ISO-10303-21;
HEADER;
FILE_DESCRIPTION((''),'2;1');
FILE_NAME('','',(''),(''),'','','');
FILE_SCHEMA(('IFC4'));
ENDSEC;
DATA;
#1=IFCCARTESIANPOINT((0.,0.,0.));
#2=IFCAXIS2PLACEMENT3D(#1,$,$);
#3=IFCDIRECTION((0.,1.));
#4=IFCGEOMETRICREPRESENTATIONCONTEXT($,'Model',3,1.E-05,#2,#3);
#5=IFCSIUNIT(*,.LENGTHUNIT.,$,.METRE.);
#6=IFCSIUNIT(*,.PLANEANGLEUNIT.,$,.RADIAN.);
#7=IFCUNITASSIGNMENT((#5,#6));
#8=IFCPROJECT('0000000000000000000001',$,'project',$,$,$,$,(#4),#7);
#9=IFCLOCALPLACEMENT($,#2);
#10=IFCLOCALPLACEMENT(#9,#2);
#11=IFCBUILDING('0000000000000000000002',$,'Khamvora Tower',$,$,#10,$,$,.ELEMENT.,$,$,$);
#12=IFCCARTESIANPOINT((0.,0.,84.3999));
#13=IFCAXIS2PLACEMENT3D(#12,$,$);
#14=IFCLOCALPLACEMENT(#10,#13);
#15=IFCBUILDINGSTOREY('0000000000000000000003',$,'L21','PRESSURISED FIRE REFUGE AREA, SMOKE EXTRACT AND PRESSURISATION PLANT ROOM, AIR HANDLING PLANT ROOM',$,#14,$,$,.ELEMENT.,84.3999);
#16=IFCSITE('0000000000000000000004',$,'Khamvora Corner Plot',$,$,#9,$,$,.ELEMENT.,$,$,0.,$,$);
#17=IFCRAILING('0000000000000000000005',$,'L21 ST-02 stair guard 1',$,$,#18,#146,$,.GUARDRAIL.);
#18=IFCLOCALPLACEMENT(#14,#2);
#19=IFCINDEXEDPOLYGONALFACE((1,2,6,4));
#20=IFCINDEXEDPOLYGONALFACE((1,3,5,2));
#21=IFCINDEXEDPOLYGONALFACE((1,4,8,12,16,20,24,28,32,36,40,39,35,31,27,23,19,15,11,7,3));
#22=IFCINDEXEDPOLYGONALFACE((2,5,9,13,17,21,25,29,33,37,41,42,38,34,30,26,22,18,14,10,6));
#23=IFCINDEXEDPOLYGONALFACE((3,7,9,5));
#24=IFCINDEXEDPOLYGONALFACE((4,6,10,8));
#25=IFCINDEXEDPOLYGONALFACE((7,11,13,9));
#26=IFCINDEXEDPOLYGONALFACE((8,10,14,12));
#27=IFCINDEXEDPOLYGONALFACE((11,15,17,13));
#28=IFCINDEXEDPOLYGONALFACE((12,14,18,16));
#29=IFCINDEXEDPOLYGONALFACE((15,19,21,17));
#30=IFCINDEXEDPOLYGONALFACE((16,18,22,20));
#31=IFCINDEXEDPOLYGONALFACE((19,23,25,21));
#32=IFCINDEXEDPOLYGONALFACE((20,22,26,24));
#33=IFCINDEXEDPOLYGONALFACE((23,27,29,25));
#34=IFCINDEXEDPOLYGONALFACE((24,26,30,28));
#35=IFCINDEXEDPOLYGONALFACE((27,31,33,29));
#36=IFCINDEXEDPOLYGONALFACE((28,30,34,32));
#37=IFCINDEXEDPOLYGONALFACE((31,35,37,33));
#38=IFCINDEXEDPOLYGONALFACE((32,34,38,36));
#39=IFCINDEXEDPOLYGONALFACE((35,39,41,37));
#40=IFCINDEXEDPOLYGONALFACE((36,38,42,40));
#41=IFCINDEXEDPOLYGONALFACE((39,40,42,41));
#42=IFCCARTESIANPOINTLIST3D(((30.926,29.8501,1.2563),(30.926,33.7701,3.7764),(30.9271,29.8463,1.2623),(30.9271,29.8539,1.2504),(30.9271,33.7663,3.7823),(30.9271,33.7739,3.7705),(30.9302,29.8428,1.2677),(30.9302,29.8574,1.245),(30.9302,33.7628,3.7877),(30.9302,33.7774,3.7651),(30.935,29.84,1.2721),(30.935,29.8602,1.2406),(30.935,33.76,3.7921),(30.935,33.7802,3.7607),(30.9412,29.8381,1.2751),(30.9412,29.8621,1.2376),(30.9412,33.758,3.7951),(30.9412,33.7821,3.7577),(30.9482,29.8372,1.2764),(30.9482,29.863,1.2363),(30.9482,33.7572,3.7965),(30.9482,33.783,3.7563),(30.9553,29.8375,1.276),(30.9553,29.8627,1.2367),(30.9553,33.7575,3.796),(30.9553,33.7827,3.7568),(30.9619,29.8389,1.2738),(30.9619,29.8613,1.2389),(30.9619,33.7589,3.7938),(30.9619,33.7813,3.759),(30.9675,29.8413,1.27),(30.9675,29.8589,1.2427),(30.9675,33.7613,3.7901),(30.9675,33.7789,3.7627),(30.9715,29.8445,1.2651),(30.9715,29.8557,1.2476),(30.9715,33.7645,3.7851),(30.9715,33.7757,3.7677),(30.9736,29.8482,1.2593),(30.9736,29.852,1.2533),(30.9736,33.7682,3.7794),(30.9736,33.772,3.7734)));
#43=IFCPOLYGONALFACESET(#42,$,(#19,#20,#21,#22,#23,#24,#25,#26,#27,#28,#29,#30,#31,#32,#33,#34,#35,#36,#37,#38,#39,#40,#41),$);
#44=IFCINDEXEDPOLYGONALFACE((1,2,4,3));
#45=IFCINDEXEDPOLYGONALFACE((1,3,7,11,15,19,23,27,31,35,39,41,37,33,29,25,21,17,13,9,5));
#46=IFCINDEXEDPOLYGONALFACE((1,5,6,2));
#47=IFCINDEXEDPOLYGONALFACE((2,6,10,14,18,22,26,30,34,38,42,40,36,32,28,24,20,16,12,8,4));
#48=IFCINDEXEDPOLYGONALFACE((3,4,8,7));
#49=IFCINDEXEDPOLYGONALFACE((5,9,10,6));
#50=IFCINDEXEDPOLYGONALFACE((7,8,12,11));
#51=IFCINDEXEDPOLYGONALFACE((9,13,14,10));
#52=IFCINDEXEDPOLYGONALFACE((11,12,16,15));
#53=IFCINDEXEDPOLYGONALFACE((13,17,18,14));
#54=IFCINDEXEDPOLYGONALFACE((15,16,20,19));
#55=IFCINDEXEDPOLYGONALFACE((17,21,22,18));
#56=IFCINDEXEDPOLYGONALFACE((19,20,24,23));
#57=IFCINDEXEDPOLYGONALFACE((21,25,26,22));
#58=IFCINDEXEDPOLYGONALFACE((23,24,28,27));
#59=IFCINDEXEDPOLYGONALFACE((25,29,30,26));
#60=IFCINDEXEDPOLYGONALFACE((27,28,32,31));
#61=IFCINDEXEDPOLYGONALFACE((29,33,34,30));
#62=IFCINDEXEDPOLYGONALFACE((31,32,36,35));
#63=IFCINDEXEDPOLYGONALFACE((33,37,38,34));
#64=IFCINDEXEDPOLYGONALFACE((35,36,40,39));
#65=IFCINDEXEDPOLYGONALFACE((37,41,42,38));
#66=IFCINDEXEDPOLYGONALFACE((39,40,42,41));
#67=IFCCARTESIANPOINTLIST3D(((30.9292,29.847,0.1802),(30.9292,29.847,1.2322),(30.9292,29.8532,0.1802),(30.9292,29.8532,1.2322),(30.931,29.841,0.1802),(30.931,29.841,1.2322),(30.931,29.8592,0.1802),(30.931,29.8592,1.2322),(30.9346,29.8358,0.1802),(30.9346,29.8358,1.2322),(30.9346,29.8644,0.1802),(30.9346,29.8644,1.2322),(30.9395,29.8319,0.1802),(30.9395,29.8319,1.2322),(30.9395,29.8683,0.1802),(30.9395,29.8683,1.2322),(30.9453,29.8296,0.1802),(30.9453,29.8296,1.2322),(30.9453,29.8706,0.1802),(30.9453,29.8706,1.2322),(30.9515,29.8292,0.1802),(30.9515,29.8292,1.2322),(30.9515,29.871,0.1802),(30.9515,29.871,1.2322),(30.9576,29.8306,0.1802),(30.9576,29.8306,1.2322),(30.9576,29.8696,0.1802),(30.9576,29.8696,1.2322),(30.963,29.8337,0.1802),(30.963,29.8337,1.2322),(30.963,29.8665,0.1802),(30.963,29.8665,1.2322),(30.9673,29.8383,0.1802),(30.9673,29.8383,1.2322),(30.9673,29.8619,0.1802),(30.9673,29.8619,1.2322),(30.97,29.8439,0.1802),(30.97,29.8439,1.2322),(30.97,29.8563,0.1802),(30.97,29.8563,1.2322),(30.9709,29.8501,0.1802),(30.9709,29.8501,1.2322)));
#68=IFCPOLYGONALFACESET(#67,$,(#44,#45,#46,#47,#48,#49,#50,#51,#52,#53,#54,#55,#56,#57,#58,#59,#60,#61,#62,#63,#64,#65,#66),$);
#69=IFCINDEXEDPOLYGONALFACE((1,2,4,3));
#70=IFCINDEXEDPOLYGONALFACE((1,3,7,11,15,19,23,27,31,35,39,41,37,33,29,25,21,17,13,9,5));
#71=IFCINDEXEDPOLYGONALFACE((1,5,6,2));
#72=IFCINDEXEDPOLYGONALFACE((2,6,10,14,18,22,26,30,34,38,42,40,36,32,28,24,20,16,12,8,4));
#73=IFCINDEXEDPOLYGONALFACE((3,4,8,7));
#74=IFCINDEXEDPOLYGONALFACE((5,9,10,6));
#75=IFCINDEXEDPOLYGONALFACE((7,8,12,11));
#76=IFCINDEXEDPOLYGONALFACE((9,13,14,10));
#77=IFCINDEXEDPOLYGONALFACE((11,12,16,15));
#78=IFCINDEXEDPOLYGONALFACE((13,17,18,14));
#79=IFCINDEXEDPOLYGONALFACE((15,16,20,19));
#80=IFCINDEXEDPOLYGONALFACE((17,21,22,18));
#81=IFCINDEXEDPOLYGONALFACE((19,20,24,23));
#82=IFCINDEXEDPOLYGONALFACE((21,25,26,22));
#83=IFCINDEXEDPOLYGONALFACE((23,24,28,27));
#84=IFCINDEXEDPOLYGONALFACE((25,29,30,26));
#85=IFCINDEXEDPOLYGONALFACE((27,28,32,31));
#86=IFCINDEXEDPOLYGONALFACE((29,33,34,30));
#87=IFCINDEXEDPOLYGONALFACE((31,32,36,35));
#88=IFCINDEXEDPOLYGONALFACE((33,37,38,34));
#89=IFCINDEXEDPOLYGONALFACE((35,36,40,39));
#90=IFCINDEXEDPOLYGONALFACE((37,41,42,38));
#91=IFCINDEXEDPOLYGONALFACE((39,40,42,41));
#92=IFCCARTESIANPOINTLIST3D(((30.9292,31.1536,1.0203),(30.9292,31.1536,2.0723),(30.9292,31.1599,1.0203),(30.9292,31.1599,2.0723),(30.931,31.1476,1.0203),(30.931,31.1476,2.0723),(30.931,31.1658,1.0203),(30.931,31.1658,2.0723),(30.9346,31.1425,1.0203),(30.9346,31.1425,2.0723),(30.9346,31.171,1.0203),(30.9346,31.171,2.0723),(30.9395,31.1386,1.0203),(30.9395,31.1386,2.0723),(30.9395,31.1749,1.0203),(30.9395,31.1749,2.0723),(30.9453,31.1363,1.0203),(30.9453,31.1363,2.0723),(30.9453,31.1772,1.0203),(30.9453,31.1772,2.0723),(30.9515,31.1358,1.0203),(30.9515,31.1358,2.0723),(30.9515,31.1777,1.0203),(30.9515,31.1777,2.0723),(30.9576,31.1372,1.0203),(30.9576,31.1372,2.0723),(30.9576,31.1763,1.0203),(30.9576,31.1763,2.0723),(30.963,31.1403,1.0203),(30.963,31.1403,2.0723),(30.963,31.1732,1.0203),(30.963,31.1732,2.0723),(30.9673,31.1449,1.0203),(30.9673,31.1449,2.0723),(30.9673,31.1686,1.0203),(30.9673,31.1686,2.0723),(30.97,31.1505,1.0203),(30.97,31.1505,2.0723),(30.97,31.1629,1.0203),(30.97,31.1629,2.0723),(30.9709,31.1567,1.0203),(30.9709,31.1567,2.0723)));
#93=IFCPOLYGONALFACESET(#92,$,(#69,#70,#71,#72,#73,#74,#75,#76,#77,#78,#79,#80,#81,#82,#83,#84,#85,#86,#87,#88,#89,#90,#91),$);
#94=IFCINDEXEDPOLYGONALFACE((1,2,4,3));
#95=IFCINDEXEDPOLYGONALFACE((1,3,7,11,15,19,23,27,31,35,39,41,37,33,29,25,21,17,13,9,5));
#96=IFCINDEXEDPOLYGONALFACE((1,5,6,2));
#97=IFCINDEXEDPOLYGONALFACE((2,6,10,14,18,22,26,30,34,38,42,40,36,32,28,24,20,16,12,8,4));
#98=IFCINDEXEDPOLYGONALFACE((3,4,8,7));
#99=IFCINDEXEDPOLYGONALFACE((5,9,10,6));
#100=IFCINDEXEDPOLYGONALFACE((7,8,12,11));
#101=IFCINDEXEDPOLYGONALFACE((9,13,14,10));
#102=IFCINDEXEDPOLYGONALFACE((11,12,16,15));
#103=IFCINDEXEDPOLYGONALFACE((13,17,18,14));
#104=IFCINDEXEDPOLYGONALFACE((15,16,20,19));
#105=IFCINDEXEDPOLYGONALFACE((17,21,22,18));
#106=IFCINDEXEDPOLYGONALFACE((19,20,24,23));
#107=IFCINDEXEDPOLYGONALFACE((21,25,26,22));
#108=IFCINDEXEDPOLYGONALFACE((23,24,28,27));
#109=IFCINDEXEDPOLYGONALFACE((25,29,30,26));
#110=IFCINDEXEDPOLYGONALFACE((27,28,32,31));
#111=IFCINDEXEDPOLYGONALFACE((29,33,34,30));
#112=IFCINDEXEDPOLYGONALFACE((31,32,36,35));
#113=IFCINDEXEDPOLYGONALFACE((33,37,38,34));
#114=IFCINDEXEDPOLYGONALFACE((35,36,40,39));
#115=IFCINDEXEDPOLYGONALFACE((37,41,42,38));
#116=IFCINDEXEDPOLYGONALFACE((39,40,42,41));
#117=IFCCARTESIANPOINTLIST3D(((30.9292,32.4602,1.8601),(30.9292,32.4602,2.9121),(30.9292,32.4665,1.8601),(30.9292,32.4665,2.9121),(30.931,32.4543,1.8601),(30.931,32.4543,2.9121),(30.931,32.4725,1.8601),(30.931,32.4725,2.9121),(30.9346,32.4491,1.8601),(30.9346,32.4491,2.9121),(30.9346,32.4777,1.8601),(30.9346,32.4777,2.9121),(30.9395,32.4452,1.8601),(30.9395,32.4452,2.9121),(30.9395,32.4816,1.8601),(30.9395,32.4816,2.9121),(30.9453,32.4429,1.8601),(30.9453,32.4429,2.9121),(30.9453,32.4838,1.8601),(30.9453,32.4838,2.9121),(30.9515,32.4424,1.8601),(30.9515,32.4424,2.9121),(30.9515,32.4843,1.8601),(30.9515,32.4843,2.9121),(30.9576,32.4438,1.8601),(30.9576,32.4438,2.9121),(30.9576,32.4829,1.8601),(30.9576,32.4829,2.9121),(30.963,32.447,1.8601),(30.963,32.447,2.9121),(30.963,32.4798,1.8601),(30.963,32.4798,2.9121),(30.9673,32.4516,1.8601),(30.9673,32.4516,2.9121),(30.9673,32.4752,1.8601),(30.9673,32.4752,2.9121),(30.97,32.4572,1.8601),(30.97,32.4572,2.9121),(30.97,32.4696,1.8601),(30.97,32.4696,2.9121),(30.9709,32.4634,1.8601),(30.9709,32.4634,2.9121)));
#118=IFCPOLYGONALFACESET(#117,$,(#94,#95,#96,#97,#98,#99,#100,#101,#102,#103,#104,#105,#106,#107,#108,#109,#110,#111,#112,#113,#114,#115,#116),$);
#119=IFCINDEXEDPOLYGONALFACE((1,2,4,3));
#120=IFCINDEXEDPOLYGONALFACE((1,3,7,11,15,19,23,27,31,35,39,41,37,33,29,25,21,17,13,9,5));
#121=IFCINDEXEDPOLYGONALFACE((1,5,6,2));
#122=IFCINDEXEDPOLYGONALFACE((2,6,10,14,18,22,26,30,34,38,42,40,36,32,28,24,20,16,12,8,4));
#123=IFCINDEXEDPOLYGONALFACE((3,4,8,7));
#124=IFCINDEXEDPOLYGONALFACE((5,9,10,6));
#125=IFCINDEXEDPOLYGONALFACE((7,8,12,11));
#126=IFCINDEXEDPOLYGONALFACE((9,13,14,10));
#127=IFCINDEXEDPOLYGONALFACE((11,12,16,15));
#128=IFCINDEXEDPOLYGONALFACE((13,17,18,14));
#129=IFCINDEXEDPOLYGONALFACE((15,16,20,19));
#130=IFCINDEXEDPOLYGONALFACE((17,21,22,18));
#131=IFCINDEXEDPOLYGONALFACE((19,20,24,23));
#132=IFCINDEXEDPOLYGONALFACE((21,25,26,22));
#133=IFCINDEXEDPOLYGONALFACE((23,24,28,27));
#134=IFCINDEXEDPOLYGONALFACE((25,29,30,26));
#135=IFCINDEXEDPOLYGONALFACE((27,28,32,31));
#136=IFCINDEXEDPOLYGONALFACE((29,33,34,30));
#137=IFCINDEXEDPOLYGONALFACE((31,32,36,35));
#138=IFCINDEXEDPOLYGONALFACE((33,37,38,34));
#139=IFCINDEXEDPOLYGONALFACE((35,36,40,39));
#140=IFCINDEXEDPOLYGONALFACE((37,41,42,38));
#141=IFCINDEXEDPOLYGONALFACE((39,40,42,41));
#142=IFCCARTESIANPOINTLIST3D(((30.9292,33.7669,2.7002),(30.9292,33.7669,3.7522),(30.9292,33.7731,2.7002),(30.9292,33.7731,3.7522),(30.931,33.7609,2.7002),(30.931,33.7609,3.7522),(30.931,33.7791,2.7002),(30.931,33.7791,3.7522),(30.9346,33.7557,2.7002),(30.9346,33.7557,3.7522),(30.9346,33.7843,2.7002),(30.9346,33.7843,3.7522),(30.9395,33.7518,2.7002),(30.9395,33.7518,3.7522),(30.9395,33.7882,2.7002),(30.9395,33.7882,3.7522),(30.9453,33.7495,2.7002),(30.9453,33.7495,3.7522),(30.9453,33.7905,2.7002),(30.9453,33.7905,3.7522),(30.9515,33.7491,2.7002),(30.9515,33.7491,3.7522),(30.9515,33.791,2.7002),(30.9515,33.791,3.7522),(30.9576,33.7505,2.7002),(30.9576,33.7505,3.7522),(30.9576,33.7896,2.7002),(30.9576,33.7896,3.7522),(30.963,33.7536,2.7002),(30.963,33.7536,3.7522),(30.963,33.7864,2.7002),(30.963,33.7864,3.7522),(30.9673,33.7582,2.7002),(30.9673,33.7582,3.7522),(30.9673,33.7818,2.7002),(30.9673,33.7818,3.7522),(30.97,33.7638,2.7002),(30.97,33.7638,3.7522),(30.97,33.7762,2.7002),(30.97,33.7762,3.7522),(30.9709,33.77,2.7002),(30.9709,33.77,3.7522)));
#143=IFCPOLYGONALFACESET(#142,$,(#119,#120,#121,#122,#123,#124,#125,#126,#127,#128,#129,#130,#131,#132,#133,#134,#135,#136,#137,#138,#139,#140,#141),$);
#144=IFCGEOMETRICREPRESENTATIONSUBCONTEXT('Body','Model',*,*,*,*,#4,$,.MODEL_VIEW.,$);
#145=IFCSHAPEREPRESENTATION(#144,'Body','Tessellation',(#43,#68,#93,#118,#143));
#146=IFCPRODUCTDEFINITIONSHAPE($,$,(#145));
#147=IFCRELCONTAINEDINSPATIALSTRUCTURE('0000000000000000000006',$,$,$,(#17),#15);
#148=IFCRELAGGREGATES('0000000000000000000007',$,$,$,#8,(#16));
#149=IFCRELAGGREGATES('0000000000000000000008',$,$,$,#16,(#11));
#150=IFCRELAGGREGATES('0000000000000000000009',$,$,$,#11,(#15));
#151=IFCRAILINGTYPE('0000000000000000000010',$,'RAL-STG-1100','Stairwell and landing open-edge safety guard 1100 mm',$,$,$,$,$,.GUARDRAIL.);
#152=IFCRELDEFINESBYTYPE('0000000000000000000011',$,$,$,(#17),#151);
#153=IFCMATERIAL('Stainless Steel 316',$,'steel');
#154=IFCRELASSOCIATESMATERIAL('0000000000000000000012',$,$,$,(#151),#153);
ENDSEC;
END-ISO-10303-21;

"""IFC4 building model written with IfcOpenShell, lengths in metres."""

from ifc_helpers import new_model, si_unit, direction, frame, origin, origin_2d, place, context, subcontext, project, spatial, circle, extrude, material, type_object, element, save


model = new_model("IFC4")

# Units and contexts
model_context = context("Model", 3, precision=1e-05, world=origin(), true_north=direction((0.0, 1.0)))
body_context = subcontext(model_context, "Body", "Model", "MODEL_VIEW")
ifc_project = project(units=[si_unit("LENGTHUNIT", "METRE"), si_unit("PLANEANGLEUNIT", "RADIAN")], contexts=[model_context])

# Site, building, storey
site_placement = place(None, origin())
site = spatial("IfcSite", under=ifc_project, at=site_placement, Name="Khamvora Corner Plot", CompositionType="ELEMENT", RefElevation=0.0)
building_placement = place(site_placement, origin())
building = spatial("IfcBuilding", under=site, at=building_placement, Name="Khamvora Tower", CompositionType="ELEMENT")
storey_placement = place(building_placement, frame((0.0, 0.0, 84.3999)))
storey = spatial("IfcBuildingStorey", under=building, at=storey_placement, Name="L21", Description="PRESSURISED FIRE REFUGE AREA, SMOKE EXTRACT AND PRESSURISATION PLANT ROOM, AIR HANDLING PLANT ROOM", CompositionType="ELEMENT", Elevation=84.3999)

# Railing
ifc_material_1 = material(Name="Stainless Steel 316", Category="steel")
railing_type_1 = type_object("IfcRailingType", Name="RAL-STG-1100", Description="Stairwell and landing open-edge safety guard 1100 mm", PredefinedType="GUARDRAIL", material=ifc_material_1)
railing_1_placement = place(storey_placement, frame((30.95, 29.8501, 0.1802)))
element("IfcRailing", 1, at=railing_1_placement, inside=storey, type_object=railing_type_1, Name="L21 ST-02 stair guard 1", PredefinedType="GUARDRAIL", context=body_context, shape_type="SweptSolid", body=[
    extrude(circle(Radius=0.0239, at=origin_2d()), frame((0.0, 0.0, 1.0762), z_axis=(0.0, 0.841172, 0.540768), x_axis=(-1.0, 0.0, 0.0)), (0.0, 0.0, 1.0), 4.6602),
    extrude(circle(Radius=0.021, at=origin_2d()), origin(), (0.0, 0.0, 1.0), 1.052),
    extrude(circle(Radius=0.021, at=origin_2d()), frame((0.0, 1.3066, 0.8401)), (0.0, 0.0, 1.0), 1.052),
    extrude(circle(Radius=0.021, at=origin_2d()), frame((0.0, 2.6133, 1.6799)), (0.0, 0.0, 1.0), 1.052),
    extrude(circle(Radius=0.021, at=origin_2d()), frame((0.0, 3.9199, 2.52)), (0.0, 0.0, 1.0), 1.052),
])

save(model, "model.ifc")
